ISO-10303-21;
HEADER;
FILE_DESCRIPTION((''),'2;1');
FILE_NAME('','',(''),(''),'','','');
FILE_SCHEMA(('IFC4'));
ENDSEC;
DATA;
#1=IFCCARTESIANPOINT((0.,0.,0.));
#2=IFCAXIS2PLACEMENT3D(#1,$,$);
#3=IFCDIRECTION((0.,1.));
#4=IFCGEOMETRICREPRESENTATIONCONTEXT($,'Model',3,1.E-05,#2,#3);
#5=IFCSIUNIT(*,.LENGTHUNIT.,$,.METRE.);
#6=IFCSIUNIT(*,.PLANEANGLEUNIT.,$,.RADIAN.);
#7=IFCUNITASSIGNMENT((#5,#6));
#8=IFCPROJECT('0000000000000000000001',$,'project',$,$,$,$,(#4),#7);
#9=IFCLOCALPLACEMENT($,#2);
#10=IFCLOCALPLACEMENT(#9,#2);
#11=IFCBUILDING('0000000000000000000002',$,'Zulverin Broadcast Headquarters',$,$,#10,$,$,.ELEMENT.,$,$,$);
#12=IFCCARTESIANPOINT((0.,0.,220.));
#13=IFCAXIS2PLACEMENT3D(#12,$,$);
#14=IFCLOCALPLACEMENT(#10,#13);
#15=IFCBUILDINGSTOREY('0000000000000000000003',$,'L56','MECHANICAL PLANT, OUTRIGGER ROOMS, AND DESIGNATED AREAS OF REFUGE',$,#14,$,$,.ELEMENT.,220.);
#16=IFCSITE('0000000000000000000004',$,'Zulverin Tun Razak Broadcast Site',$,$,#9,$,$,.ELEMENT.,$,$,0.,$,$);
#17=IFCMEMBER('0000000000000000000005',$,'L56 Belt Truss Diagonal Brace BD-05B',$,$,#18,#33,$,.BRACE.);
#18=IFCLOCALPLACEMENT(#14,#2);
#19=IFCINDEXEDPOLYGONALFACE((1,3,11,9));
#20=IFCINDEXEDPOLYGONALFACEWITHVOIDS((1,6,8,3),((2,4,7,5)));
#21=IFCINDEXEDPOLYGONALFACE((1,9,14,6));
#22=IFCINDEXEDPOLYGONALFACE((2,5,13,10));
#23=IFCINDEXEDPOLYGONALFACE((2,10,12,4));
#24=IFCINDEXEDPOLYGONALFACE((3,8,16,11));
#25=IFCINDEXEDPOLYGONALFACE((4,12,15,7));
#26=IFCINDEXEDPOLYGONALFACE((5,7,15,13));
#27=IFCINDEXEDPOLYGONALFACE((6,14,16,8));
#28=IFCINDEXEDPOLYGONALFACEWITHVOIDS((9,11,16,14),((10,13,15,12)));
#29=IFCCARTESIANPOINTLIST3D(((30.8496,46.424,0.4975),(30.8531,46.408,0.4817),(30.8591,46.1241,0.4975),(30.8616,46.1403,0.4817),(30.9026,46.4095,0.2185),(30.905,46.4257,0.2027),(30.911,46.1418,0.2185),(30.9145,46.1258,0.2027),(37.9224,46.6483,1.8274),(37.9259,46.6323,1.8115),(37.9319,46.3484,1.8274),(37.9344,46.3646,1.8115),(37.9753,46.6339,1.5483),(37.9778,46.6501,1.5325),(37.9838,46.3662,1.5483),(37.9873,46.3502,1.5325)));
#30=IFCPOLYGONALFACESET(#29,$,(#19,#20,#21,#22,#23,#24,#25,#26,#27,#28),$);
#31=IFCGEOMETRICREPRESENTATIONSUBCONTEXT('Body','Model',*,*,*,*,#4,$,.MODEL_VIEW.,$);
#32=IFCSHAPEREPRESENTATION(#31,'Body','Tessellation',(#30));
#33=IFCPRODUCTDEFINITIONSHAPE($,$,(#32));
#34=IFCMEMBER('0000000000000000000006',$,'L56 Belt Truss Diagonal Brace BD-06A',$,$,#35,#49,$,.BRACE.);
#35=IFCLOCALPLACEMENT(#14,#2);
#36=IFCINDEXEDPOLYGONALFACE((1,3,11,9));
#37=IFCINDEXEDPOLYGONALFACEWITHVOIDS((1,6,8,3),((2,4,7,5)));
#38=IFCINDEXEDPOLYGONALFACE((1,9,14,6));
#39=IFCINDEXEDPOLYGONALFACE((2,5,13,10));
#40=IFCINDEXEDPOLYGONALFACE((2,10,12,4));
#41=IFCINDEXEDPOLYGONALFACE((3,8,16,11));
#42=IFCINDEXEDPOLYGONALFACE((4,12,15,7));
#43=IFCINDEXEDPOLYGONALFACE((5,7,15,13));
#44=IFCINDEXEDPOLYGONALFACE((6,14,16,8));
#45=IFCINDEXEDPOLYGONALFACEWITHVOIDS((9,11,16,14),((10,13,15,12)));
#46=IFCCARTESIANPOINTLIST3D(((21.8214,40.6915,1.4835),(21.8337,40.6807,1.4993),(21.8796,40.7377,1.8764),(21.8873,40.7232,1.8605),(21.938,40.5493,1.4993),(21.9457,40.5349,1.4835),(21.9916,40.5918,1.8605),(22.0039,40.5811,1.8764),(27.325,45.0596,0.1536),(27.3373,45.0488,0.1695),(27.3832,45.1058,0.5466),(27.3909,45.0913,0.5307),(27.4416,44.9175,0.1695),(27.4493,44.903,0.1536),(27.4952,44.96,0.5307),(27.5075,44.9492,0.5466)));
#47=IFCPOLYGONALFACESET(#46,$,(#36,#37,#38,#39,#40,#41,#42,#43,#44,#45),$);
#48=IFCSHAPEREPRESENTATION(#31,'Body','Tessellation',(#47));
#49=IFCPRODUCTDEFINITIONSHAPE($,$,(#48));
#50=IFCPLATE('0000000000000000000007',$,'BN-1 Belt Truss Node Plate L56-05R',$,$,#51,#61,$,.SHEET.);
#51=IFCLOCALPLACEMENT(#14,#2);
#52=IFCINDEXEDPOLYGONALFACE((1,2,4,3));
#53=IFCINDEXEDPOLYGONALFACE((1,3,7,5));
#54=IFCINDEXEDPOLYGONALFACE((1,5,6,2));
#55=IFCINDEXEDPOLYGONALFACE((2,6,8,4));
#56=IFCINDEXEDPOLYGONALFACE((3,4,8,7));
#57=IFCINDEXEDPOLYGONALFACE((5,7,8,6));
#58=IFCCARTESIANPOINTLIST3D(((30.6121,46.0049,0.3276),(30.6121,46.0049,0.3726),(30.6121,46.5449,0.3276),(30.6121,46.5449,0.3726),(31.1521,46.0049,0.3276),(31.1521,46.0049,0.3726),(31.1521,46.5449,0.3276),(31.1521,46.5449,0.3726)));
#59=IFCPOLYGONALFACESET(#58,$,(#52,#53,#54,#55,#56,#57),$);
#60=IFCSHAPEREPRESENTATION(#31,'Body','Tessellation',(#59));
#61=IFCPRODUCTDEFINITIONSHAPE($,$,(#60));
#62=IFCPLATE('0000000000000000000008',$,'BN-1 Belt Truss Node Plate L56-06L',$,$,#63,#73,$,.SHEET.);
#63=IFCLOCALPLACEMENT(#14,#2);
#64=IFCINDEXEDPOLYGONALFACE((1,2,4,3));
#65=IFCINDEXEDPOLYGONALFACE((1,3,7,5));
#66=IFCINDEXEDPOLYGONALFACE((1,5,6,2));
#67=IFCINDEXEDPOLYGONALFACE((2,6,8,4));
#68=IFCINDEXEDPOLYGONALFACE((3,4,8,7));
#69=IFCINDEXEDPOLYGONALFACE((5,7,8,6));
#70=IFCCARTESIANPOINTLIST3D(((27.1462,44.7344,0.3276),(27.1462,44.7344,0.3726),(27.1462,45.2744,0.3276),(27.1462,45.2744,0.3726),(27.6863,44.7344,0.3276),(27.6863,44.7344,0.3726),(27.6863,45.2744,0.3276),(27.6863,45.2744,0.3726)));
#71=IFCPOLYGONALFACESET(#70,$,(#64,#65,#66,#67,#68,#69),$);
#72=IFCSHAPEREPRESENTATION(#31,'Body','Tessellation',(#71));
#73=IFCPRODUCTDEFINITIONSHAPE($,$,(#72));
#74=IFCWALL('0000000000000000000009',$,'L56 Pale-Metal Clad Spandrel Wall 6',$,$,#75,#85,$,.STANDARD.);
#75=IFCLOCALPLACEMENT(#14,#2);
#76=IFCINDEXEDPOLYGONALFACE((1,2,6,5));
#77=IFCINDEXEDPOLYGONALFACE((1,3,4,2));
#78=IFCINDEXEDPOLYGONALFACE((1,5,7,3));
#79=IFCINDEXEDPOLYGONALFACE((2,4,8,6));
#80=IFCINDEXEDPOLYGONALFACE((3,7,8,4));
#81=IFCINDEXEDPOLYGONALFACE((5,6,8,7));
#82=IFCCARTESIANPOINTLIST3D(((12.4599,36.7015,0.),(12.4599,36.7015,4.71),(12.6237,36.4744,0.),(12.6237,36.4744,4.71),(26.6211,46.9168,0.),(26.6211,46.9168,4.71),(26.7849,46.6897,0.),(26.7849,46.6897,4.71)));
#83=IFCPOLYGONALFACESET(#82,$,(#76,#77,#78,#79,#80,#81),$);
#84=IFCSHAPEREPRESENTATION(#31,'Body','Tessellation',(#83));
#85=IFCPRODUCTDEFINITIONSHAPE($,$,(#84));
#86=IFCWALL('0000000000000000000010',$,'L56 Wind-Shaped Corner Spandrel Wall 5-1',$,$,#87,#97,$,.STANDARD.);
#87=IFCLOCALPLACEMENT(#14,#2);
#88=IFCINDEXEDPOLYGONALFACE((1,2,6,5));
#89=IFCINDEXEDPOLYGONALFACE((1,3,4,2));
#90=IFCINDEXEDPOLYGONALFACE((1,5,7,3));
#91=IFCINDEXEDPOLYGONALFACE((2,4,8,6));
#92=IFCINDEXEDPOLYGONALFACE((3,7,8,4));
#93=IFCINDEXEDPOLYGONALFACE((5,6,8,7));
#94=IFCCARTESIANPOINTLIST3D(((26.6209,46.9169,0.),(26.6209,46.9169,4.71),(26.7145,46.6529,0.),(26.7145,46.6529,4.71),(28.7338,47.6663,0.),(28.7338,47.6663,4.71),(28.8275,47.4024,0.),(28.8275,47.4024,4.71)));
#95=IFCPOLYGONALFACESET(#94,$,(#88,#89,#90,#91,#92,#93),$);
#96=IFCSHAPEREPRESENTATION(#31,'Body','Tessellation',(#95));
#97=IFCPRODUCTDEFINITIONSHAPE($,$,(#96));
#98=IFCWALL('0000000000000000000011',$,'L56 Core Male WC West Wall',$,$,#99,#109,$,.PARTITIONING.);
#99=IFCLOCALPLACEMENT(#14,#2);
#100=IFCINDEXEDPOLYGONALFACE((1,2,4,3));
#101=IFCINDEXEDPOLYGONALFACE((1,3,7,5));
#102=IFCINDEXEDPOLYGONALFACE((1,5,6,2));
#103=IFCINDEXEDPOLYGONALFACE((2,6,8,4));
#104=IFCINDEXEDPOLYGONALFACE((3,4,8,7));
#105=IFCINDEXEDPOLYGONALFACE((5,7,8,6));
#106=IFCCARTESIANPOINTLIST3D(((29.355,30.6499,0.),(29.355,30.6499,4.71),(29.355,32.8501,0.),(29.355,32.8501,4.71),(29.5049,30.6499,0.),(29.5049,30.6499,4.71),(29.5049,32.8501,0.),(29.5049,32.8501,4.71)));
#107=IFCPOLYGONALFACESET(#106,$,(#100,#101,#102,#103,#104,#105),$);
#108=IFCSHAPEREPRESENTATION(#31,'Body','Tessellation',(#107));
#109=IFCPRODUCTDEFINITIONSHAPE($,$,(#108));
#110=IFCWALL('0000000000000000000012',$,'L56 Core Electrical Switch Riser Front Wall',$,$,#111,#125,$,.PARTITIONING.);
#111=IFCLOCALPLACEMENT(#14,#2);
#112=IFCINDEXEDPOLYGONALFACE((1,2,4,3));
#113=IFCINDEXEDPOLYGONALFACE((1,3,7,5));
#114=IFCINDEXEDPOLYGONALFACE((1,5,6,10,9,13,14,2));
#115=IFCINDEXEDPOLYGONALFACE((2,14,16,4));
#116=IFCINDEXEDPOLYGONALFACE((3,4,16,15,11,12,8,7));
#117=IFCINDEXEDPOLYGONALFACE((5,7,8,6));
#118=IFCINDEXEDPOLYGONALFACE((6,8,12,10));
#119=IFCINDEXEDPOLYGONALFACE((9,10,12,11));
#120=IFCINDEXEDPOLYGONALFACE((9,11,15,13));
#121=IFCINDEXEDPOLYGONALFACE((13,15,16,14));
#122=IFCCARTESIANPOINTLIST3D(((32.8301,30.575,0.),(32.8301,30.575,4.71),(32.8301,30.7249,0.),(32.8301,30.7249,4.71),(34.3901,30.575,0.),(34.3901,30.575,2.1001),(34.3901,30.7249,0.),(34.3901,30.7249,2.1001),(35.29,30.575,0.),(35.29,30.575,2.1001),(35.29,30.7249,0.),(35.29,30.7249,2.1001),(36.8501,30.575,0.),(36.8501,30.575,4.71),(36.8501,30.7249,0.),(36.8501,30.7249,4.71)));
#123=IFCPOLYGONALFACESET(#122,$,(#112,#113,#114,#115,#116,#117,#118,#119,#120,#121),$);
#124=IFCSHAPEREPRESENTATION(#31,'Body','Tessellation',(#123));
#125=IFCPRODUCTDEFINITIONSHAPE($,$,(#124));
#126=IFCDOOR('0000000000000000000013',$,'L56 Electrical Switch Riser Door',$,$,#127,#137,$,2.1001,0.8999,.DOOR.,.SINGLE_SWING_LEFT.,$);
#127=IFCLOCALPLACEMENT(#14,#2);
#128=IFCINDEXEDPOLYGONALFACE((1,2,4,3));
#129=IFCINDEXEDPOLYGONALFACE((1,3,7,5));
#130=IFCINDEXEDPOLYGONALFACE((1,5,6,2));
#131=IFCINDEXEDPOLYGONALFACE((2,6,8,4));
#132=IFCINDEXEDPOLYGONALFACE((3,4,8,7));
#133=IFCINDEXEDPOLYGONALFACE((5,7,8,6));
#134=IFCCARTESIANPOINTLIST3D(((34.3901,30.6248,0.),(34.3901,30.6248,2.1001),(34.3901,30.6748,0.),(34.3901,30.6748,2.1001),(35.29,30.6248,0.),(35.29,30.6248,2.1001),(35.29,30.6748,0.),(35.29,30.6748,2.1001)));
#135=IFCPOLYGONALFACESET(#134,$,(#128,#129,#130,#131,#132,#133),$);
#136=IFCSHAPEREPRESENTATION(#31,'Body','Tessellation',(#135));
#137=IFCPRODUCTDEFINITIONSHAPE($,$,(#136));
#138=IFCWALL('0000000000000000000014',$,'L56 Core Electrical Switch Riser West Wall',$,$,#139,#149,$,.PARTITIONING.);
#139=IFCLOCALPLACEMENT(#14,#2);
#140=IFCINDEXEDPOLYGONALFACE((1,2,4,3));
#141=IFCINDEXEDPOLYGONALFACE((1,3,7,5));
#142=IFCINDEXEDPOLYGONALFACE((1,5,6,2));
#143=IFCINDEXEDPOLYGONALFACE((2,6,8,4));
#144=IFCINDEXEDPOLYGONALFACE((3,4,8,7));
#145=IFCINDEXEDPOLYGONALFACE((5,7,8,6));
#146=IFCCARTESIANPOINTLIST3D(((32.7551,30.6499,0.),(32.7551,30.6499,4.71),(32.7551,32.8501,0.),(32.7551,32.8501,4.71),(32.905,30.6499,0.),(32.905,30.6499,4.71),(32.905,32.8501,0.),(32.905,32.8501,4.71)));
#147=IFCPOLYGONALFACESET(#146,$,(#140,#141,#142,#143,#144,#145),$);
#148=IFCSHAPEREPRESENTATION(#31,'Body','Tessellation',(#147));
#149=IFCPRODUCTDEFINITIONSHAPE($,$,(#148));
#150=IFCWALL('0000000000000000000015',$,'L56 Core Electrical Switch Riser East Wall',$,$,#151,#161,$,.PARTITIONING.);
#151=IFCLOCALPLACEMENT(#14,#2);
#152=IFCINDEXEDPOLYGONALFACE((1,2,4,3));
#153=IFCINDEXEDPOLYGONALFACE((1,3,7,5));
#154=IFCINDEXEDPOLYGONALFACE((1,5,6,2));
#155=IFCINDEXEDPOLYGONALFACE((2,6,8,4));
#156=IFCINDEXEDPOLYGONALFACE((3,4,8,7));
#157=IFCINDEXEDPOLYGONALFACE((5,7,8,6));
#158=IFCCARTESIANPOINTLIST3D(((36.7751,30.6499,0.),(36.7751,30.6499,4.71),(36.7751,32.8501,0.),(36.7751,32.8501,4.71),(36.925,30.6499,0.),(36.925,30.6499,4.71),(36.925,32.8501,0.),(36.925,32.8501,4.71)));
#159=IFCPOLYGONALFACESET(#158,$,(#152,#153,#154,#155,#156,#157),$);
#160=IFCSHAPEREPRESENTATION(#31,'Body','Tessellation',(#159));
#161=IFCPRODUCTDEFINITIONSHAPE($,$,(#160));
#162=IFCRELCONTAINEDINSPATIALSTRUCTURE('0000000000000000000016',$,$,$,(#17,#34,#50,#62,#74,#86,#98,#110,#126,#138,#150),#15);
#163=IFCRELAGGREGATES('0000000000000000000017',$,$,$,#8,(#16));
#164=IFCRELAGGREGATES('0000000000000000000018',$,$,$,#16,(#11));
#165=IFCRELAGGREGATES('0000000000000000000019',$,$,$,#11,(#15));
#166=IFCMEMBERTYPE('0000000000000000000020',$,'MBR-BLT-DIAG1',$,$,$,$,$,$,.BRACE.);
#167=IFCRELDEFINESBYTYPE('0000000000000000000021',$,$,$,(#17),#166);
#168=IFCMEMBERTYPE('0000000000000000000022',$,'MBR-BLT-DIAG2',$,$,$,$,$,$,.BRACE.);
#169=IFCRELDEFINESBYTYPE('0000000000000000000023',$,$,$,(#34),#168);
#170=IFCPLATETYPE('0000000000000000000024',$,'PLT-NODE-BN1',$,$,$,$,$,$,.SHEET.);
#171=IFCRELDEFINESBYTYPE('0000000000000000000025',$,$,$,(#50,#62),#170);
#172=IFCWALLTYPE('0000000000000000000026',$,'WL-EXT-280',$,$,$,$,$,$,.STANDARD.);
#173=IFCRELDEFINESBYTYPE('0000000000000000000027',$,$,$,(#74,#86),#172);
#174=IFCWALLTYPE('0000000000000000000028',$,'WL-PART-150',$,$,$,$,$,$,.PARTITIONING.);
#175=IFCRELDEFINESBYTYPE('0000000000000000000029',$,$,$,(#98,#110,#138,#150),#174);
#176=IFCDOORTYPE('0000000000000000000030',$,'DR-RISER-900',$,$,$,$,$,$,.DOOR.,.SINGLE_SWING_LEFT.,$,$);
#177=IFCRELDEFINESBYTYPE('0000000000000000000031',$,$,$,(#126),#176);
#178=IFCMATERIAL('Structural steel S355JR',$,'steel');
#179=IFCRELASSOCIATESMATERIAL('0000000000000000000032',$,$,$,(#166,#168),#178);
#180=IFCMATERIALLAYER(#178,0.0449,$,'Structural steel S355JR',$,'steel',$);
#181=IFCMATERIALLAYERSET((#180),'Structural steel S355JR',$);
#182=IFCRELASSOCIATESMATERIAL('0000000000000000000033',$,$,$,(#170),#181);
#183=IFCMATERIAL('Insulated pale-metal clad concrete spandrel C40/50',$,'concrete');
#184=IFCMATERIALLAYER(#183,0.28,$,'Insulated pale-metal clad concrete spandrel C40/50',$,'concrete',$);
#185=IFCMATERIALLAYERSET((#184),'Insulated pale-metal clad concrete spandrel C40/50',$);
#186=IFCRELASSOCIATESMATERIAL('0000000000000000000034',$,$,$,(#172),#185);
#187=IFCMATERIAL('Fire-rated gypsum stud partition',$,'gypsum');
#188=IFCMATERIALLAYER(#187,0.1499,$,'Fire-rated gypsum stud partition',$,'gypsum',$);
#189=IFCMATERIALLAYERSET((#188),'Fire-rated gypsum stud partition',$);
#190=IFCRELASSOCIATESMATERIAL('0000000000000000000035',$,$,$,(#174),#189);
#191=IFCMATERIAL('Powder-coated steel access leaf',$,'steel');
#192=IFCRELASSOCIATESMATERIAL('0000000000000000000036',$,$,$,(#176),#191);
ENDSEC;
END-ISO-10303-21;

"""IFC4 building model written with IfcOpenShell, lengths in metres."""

from ifc_helpers import new_model, si_unit, direction, frame, frame_2d, origin, origin_2d, place, context, subcontext, project, spatial, rectangle, hollow_rectangle, extrude, material, layer, layer_set, material_profile, profile_set, type_object, element, fill, save


model = new_model("IFC4")

# Units and contexts
model_context = context("Model", 3, precision=1e-05, world=origin(), true_north=direction((0.0, 1.0)))
body_context = subcontext(model_context, "Body", "Model", "MODEL_VIEW")
ifc_project = project(units=[si_unit("LENGTHUNIT", "METRE"), si_unit("PLANEANGLEUNIT", "RADIAN")], contexts=[model_context])

# Site, building, storey
site_placement = place(None, origin())
site = spatial("IfcSite", under=ifc_project, at=site_placement, Name="Zulverin Tun Razak Broadcast Site", CompositionType="ELEMENT", RefElevation=0.0)
building_placement = place(site_placement, origin())
building = spatial("IfcBuilding", under=site, at=building_placement, Name="Zulverin Broadcast Headquarters", CompositionType="ELEMENT")
storey_placement = place(building_placement, frame((0.0, 0.0, 220.0)))
storey = spatial("IfcBuildingStorey", under=building, at=storey_placement, Name="L56", Description="MECHANICAL PLANT, OUTRIGGER ROOMS, AND DESIGNATED AREAS OF REFUGE", CompositionType="ELEMENT", Elevation=220.0)

# Shared definitions
ifc_material_1 = material(Name="Structural steel S355JR", Category="steel")

# Members
ifc_material_profile_1 = material_profile(ifc_material_1, hollow_rectangle(XDim=0.3, YDim=0.3, WallThickness=0.0161, at=origin_2d()), Name="Structural steel S355JR", Category="steel")
ifc_profile_set_1 = profile_set([ifc_material_profile_1], Name="Structural steel S355JR")
member_type_1 = type_object("IfcMemberType", Name="MBR-BLT-DIAG1", PredefinedType="BRACE", material=ifc_profile_set_1)
member_1_placement = place(storey_placement, frame((30.8821, 46.2749, 0.3501), z_axis=(0.982302, 0.031161, 0.184694), x_axis=(-0.031707, 0.999497, 0.0)))
element("IfcMember", 1, at=member_1_placement, inside=storey, type_object=member_type_1, Name="L56 Belt Truss Diagonal Brace BD-05B", PredefinedType="BRACE", context=body_context, shape_type="SweptSolid", body=[
    extrude(hollow_rectangle(XDim=0.3, YDim=0.3, WallThickness=0.0161, at=origin_2d()), origin(), (0.0, 0.0, 1.0), 7.2002),
])
ifc_material_profile_2 = material_profile(ifc_material_1, hollow_rectangle(XDim=0.2, YDim=0.3999, WallThickness=0.0161, at=origin_2d()), Name="Structural steel S355JR", Category="steel")
ifc_profile_set_2 = profile_set([ifc_material_profile_2], Name="Structural steel S355JR")
member_type_2 = type_object("IfcMemberType", Name="MBR-BLT-DIAG2", PredefinedType="BRACE", material=ifc_profile_set_2)
member_2_placement = place(storey_placement, frame((27.4163, 45.0044, 0.3501), z_axis=(-0.769614, -0.61083, 0.18596), x_axis=(0.621673, -0.783277, 0.0)))
element("IfcMember", 2, at=member_2_placement, inside=storey, type_object=member_type_2, Name="L56 Belt Truss Diagonal Brace BD-06A", PredefinedType="BRACE", context=body_context, shape_type="SweptSolid", body=[
    extrude(hollow_rectangle(XDim=0.2, YDim=0.3999, WallThickness=0.0161, at=origin_2d()), origin(), (0.0, 0.0, 1.0), 7.1511),
])

# Plates
ifc_layer_1 = layer(ifc_material_1, 0.0449, Name="Structural steel S355JR", Category="steel")
ifc_layer_set_1 = layer_set([ifc_layer_1], Name="Structural steel S355JR")
plate_type = type_object("IfcPlateType", Name="PLT-NODE-BN1", PredefinedType="SHEET", material=ifc_layer_set_1)
for number, where, z_axis, x_axis, name in (
    (3, (30.8821, 46.2749, 0.3276), (0.0, 0.0, 1.0), (1.0, 0.0, 0.0), "BN-1 Belt Truss Node Plate L56-05R"),
    (4, (27.4163, 45.0044, 0.3276), (0.0, 0.0, 1.0), (1.0, 0.0, 0.0), "BN-1 Belt Truss Node Plate L56-06L"),
):
    element("IfcPlate", number, at=place(storey_placement, frame(where, z_axis=z_axis, x_axis=x_axis)), inside=storey, type_object=plate_type, Name=name, PredefinedType="SHEET", context=body_context, shape_type="SweptSolid", body=[
        extrude(rectangle(XDim=0.54, YDim=0.54, at=origin_2d()), origin(), (0.0, 0.0, 1.0), 0.0449),
    ])

# Walls
ifc_material_2 = material(Name="Insulated pale-metal clad concrete spandrel C40/50", Category="concrete")
ifc_layer_2 = layer(ifc_material_2, 0.28, Name="Insulated pale-metal clad concrete spandrel C40/50", Category="concrete")
ifc_layer_set_2 = layer_set([ifc_layer_2], Name="Insulated pale-metal clad concrete spandrel C40/50")
wall_type_1 = type_object("IfcWallType", Name="WL-EXT-280", PredefinedType="STANDARD", material=ifc_layer_set_2)
wall_1_placement = place(storey_placement, frame((26.7029, 46.8032, 0.0), z_axis=(0.0, 0.0, 1.0), x_axis=(-0.811009, -0.585033, 0.0)))
element("IfcWall", 5, at=wall_1_placement, inside=storey, type_object=wall_type_1, Name="L56 Pale-Metal Clad Spandrel Wall 6", PredefinedType="STANDARD", context=body_context, shape_type="SweptSolid", body=[
    extrude(rectangle(XDim=17.4612, YDim=0.28, at=frame_2d((8.7305, 0.0))), origin(), (0.0, 0.0, 1.0), 4.71),
])
wall_2_placement = place(storey_placement, frame((28.7808, 47.5344, 0.0), z_axis=(0.0, 0.0, 1.0), x_axis=(-0.942466, -0.334301, 0.0)))
element("IfcWall", 6, at=wall_2_placement, inside=storey, type_object=wall_type_1, Name="L56 Wind-Shaped Corner Spandrel Wall 5-1", PredefinedType="STANDARD", context=body_context, shape_type="SweptSolid", body=[
    extrude(rectangle(XDim=2.2419, YDim=0.28, at=frame_2d((1.1211, 0.0))), origin(), (0.0, 0.0, 1.0), 4.71),
])
ifc_material_3 = material(Name="Fire-rated gypsum stud partition", Category="gypsum")
ifc_layer_3 = layer(ifc_material_3, 0.1499, Name="Fire-rated gypsum stud partition", Category="gypsum")
ifc_layer_set_3 = layer_set([ifc_layer_3], Name="Fire-rated gypsum stud partition")
wall_type_2 = type_object("IfcWallType", Name="WL-PART-150", PredefinedType="PARTITIONING", material=ifc_layer_set_3)
wall_3_placement = place(storey_placement, frame((29.4299, 30.6499, 0.0), z_axis=(0.0, 0.0, 1.0), x_axis=(0.0, 1.0, 0.0)))
element("IfcWall", 7, at=wall_3_placement, inside=storey, type_object=wall_type_2, Name="L56 Core Male WC West Wall", PredefinedType="PARTITIONING", context=body_context, shape_type="SweptSolid", body=[
    extrude(rectangle(XDim=2.2002, YDim=0.1499, at=frame_2d((1.1001, 0.0))), origin(), (0.0, 0.0, 1.0), 4.71),
])

# Wall, opening, door
wall_4_placement = place(storey_placement, frame((32.8301, 30.6499, 0.0), z_axis=(0.0, 0.0, 1.0), x_axis=(1.0, 0.0, 0.0)))
wall_4 = element("IfcWall", 8, at=wall_4_placement, inside=storey, type_object=wall_type_2, Name="L56 Core Electrical Switch Riser Front Wall", PredefinedType="PARTITIONING", context=body_context, shape_type="SweptSolid", body=[
    extrude(rectangle(XDim=4.02, YDim=0.1499, at=frame_2d((2.01, 0.0))), origin(), (0.0, 0.0, 1.0), 4.71),
])
opening_placement = place(wall_4_placement, frame((1.5601, 0.0, 0.0)))
opening = element("IfcOpeningElement", 9, at=opening_placement, cuts=wall_4, PredefinedType="OPENING", context=body_context, shape_type="SweptSolid", body=[
    extrude(rectangle(XDim=0.8999, YDim=2.1001, at=frame_2d((0.45, 1.05))), frame((0.0, 0.085, 0.0), z_axis=(0.0, -1.0, 0.0), x_axis=(1.0, 0.0, 0.0)), (0.0, 0.0, 1.0), 0.1699),
])
ifc_material_4 = material(Name="Powder-coated steel access leaf", Category="steel")
door_type = type_object("IfcDoorType", Name="DR-RISER-900", OperationType="SINGLE_SWING_LEFT", PredefinedType="DOOR", material=ifc_material_4)
door_placement = place(opening_placement, origin())
door = element("IfcDoor", 10, at=door_placement, inside=storey, type_object=door_type, Name="L56 Electrical Switch Riser Door", OperationType="SINGLE_SWING_LEFT", OverallHeight=2.1001, OverallWidth=0.8999, PredefinedType="DOOR", context=body_context, shape_type="SweptSolid", body=[
    extrude(rectangle(XDim=0.8999, YDim=2.1001, at=frame_2d((0.45, 1.05))), frame((0.0, 0.0249, 0.0), z_axis=(0.0, -1.0, 0.0), x_axis=(1.0, 0.0, 0.0)), (0.0, 0.0, 1.0), 0.05),
])
fill(opening, door)

# Walls
for number, where, z_axis, x_axis, name in (
    (11, (32.8301, 30.6499, 0.0), (0.0, 0.0, 1.0), (0.0, 1.0, 0.0), "L56 Core Electrical Switch Riser West Wall"),
    (12, (36.8501, 30.6499, 0.0), (0.0, 0.0, 1.0), (0.0, 1.0, 0.0), "L56 Core Electrical Switch Riser East Wall"),
):
    element("IfcWall", number, at=place(storey_placement, frame(where, z_axis=z_axis, x_axis=x_axis)), inside=storey, type_object=wall_type_2, Name=name, PredefinedType="PARTITIONING", context=body_context, shape_type="SweptSolid", body=[
        extrude(rectangle(XDim=2.2002, YDim=0.1499, at=frame_2d((1.1001, 0.0))), origin(), (0.0, 0.0, 1.0), 4.71),
    ])

save(model, "model.ifc")
